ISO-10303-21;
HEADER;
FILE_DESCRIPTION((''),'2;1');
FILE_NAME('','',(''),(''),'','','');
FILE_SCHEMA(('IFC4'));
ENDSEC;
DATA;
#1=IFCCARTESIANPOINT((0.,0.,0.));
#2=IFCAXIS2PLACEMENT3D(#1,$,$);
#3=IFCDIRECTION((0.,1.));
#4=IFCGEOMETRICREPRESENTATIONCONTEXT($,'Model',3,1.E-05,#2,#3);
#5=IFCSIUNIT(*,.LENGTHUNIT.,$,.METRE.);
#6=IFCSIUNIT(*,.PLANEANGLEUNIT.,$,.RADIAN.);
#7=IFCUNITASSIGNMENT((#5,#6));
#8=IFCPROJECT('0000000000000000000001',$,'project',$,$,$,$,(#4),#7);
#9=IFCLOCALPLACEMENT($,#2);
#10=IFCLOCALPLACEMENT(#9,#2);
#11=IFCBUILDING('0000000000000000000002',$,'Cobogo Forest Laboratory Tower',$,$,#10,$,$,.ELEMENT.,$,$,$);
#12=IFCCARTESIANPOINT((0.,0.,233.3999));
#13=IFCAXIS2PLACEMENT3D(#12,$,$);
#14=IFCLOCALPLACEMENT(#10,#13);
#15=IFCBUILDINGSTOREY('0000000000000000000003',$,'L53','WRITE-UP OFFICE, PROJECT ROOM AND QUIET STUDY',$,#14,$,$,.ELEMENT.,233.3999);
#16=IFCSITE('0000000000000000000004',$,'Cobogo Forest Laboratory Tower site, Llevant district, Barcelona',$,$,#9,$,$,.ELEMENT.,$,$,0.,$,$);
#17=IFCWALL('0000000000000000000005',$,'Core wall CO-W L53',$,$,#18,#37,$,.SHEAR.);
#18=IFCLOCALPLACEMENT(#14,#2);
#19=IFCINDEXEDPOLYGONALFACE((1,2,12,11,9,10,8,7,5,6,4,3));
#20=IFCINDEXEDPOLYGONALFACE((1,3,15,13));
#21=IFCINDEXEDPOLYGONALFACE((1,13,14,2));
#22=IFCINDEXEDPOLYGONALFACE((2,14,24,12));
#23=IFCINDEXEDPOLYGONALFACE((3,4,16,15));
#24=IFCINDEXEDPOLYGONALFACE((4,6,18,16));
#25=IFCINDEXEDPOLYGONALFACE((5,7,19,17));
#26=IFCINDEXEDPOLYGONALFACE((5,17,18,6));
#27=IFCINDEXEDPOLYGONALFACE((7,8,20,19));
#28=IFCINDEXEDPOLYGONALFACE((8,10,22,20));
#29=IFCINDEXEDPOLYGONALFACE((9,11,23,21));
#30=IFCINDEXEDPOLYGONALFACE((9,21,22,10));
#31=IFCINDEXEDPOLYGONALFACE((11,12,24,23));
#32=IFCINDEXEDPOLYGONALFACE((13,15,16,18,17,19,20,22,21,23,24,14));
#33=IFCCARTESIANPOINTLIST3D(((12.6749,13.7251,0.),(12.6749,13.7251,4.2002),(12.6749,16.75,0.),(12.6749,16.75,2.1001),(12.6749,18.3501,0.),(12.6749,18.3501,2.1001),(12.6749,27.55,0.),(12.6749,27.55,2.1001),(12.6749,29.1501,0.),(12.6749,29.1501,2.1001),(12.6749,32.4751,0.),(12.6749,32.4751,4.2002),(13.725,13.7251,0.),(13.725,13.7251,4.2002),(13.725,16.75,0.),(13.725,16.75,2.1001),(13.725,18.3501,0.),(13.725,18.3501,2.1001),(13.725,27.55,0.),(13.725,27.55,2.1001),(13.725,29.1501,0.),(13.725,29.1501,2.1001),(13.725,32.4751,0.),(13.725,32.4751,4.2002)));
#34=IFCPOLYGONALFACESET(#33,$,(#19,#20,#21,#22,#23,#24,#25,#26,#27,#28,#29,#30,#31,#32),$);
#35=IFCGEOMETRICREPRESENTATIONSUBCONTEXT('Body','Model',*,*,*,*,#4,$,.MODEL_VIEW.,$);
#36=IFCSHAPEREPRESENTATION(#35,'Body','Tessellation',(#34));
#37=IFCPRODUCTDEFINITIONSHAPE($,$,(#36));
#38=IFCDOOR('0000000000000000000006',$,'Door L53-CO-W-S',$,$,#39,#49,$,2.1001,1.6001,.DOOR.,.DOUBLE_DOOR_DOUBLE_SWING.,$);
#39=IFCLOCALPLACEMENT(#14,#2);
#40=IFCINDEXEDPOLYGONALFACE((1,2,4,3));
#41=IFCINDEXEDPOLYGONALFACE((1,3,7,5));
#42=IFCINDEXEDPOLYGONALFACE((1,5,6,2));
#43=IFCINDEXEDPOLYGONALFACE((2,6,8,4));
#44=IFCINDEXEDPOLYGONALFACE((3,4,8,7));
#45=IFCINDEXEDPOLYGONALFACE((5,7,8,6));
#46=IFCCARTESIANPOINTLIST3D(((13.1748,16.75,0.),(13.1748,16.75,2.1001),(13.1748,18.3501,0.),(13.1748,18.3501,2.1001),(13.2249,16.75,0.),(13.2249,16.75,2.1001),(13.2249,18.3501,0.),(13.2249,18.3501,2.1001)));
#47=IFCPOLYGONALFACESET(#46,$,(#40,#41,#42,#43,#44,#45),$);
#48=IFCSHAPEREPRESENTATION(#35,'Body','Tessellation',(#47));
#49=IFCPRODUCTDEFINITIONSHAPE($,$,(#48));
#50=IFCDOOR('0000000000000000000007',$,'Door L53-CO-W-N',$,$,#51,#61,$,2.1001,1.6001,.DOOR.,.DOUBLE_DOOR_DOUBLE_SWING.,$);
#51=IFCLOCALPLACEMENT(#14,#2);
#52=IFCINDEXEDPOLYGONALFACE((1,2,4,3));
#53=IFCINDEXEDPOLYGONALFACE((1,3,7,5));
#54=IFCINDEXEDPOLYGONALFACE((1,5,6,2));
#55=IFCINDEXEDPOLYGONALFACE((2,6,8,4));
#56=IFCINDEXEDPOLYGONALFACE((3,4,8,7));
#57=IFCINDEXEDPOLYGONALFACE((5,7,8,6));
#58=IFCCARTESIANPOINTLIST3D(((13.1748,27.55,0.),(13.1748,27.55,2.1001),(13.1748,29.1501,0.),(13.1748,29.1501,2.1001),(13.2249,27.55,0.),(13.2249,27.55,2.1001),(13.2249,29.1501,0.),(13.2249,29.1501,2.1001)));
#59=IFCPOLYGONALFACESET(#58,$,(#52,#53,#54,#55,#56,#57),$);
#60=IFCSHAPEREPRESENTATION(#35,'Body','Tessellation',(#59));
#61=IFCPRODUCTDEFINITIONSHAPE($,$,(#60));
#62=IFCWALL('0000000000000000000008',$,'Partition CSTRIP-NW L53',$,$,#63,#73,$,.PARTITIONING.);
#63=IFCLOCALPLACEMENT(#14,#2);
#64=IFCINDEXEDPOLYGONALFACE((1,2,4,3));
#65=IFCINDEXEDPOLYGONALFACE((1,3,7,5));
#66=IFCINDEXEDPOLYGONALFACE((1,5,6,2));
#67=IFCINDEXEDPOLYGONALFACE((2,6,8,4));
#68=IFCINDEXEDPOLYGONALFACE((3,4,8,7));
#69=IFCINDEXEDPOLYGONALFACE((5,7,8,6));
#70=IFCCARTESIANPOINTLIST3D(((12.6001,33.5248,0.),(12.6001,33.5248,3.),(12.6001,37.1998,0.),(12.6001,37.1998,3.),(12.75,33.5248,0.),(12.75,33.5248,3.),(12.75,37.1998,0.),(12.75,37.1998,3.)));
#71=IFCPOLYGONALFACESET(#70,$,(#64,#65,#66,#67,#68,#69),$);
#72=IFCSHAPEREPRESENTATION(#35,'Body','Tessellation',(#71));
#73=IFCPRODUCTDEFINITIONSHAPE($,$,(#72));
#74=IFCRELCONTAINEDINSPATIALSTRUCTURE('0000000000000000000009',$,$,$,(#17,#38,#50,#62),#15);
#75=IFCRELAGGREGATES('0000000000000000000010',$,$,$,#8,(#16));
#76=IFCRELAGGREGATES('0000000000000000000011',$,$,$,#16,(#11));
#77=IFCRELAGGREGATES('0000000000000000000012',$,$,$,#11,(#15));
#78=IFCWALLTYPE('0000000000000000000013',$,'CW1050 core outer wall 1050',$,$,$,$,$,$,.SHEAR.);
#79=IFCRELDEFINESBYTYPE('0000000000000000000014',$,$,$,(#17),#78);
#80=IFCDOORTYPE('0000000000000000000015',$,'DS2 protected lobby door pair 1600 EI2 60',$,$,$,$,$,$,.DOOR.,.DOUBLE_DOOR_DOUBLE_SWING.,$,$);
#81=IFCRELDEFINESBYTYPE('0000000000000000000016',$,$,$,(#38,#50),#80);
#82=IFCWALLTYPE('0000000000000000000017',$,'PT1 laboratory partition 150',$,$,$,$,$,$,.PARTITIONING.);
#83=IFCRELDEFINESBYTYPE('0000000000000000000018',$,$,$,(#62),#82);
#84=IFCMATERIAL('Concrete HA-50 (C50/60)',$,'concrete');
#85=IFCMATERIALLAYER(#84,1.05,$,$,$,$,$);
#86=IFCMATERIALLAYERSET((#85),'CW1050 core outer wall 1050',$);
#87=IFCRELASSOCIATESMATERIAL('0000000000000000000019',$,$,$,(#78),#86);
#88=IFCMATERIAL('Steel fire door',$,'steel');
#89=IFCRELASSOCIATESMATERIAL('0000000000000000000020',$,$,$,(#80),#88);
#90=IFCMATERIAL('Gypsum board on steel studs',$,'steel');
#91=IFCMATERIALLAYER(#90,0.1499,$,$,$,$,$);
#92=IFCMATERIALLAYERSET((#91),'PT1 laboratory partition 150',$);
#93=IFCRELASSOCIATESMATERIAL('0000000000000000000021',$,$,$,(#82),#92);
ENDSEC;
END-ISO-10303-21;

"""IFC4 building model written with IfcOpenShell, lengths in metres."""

from ifc_helpers import new_model, si_unit, direction, frame, frame_2d, origin, place, context, subcontext, project, spatial, rectangle, extrude, material, layer, layer_set, type_object, element, fill, save


model = new_model("IFC4")

# Units and contexts
model_context = context("Model", 3, precision=1e-05, world=origin(), true_north=direction((0.0, 1.0)))
body_context = subcontext(model_context, "Body", "Model", "MODEL_VIEW")
ifc_project = project(units=[si_unit("LENGTHUNIT", "METRE"), si_unit("PLANEANGLEUNIT", "RADIAN")], contexts=[model_context])

# Site, building, storey
site_placement = place(None, origin())
site = spatial("IfcSite", under=ifc_project, at=site_placement, Name="Cobogo Forest Laboratory Tower site, Llevant district, Barcelona", CompositionType="ELEMENT", RefElevation=0.0)
building_placement = place(site_placement, origin())
building = spatial("IfcBuilding", under=site, at=building_placement, Name="Cobogo Forest Laboratory Tower", CompositionType="ELEMENT")
storey_placement = place(building_placement, frame((0.0, 0.0, 233.3999)))
storey = spatial("IfcBuildingStorey", under=building, at=storey_placement, Name="L53", Description="WRITE-UP OFFICE, PROJECT ROOM AND QUIET STUDY", CompositionType="ELEMENT", Elevation=233.3999)

# Shared definitions
ifc_material_1 = material(Name="Concrete HA-50 (C50/60)", Category="concrete")

# Wall, openings, doors
ifc_material_2 = material(Name="Steel fire door", Category="steel")
ifc_layer_1 = layer(ifc_material_1, 1.05)
ifc_layer_set_1 = layer_set([ifc_layer_1], Name="CW1050 core outer wall 1050")
wall_type_1 = type_object("IfcWallType", Name="CW1050 core outer wall 1050", PredefinedType="SHEAR", material=ifc_layer_set_1)
wall_1_placement = place(storey_placement, frame((13.2, 32.4751, 0.0), z_axis=(0.0, 0.0, 1.0), x_axis=(0.0, -1.0, 0.0)))
wall_1 = element("IfcWall", 1, at=wall_1_placement, inside=storey, type_object=wall_type_1, Name="Core wall CO-W L53", PredefinedType="SHEAR", context=body_context, shape_type="SweptSolid", body=[
    extrude(rectangle(XDim=18.75, YDim=1.05, at=frame_2d((9.375, 0.0))), origin(), (0.0, 0.0, 1.0), 4.2002),
])
opening_1_placement = place(wall_1_placement, frame((14.125, 0.0, 0.0)))
opening_1 = element("IfcOpeningElement", 2, at=opening_1_placement, cuts=wall_1, PredefinedType="OPENING", context=body_context, shape_type="SweptSolid", body=[
    extrude(rectangle(XDim=1.6001, YDim=2.1001, at=frame_2d((0.8, 1.05))), frame((0.0, 0.5349, 0.0), z_axis=(0.0, -1.0, 0.0), x_axis=(1.0, 0.0, 0.0)), (0.0, 0.0, 1.0), 1.0701),
])
opening_2_placement = place(wall_1_placement, frame((3.325, 0.0, 0.0)))
opening_2 = element("IfcOpeningElement", 3, at=opening_2_placement, cuts=wall_1, PredefinedType="OPENING", context=body_context, shape_type="SweptSolid", body=[
    extrude(rectangle(XDim=1.6001, YDim=2.1001, at=frame_2d((0.8, 1.05))), frame((0.0, 0.5349, 0.0), z_axis=(0.0, -1.0, 0.0), x_axis=(1.0, 0.0, 0.0)), (0.0, 0.0, 1.0), 1.0701),
])
door_type_1 = type_object("IfcDoorType", Name="DS2 protected lobby door pair 1600 EI2 60", OperationType="DOUBLE_DOOR_DOUBLE_SWING", PredefinedType="DOOR", material=ifc_material_2)
door_1_placement = place(opening_1_placement, origin())
door_1 = element("IfcDoor", 4, at=door_1_placement, inside=storey, type_object=door_type_1, Name="Door L53-CO-W-S", OperationType="DOUBLE_DOOR_DOUBLE_SWING", OverallHeight=2.1001, OverallWidth=1.6001, PredefinedType="DOOR", context=body_context, shape_type="SweptSolid", body=[
    extrude(rectangle(XDim=1.6001, YDim=2.1001, at=frame_2d((0.8, 1.05))), frame((0.0, 0.0249, 0.0), z_axis=(0.0, -1.0, 0.0), x_axis=(1.0, 0.0, 0.0)), (0.0, 0.0, 1.0), 0.05),
])
fill(opening_1, door_1)
door_2_placement = place(opening_2_placement, origin())
door_2 = element("IfcDoor", 5, at=door_2_placement, inside=storey, type_object=door_type_1, Name="Door L53-CO-W-N", OperationType="DOUBLE_DOOR_DOUBLE_SWING", OverallHeight=2.1001, OverallWidth=1.6001, PredefinedType="DOOR", context=body_context, shape_type="SweptSolid", body=[
    extrude(rectangle(XDim=1.6001, YDim=2.1001, at=frame_2d((0.8, 1.05))), frame((0.0, 0.0249, 0.0), z_axis=(0.0, -1.0, 0.0), x_axis=(1.0, 0.0, 0.0)), (0.0, 0.0, 1.0), 0.05),
])
fill(opening_2, door_2)

# Wall
ifc_material_3 = material(Name="Gypsum board on steel studs", Category="steel")
ifc_layer_2 = layer(ifc_material_3, 0.1499)
ifc_layer_set_2 = layer_set([ifc_layer_2], Name="PT1 laboratory partition 150")
wall_type_2 = type_object("IfcWallType", Name="PT1 laboratory partition 150", PredefinedType="PARTITIONING", material=ifc_layer_set_2)
wall_2_placement = place(storey_placement, frame((12.675, 33.5249, 0.0), z_axis=(0.0, 0.0, 1.0), x_axis=(0.0, 1.0, 0.0)))
element("IfcWall", 6, at=wall_2_placement, inside=storey, type_object=wall_type_2, Name="Partition CSTRIP-NW L53", PredefinedType="PARTITIONING", context=body_context, shape_type="SweptSolid", body=[
    extrude(rectangle(XDim=3.675, YDim=0.1499, at=frame_2d((1.8374, 0.0))), origin(), (0.0, 0.0, 1.0), 3.0),
])

save(model, "model.ifc")
